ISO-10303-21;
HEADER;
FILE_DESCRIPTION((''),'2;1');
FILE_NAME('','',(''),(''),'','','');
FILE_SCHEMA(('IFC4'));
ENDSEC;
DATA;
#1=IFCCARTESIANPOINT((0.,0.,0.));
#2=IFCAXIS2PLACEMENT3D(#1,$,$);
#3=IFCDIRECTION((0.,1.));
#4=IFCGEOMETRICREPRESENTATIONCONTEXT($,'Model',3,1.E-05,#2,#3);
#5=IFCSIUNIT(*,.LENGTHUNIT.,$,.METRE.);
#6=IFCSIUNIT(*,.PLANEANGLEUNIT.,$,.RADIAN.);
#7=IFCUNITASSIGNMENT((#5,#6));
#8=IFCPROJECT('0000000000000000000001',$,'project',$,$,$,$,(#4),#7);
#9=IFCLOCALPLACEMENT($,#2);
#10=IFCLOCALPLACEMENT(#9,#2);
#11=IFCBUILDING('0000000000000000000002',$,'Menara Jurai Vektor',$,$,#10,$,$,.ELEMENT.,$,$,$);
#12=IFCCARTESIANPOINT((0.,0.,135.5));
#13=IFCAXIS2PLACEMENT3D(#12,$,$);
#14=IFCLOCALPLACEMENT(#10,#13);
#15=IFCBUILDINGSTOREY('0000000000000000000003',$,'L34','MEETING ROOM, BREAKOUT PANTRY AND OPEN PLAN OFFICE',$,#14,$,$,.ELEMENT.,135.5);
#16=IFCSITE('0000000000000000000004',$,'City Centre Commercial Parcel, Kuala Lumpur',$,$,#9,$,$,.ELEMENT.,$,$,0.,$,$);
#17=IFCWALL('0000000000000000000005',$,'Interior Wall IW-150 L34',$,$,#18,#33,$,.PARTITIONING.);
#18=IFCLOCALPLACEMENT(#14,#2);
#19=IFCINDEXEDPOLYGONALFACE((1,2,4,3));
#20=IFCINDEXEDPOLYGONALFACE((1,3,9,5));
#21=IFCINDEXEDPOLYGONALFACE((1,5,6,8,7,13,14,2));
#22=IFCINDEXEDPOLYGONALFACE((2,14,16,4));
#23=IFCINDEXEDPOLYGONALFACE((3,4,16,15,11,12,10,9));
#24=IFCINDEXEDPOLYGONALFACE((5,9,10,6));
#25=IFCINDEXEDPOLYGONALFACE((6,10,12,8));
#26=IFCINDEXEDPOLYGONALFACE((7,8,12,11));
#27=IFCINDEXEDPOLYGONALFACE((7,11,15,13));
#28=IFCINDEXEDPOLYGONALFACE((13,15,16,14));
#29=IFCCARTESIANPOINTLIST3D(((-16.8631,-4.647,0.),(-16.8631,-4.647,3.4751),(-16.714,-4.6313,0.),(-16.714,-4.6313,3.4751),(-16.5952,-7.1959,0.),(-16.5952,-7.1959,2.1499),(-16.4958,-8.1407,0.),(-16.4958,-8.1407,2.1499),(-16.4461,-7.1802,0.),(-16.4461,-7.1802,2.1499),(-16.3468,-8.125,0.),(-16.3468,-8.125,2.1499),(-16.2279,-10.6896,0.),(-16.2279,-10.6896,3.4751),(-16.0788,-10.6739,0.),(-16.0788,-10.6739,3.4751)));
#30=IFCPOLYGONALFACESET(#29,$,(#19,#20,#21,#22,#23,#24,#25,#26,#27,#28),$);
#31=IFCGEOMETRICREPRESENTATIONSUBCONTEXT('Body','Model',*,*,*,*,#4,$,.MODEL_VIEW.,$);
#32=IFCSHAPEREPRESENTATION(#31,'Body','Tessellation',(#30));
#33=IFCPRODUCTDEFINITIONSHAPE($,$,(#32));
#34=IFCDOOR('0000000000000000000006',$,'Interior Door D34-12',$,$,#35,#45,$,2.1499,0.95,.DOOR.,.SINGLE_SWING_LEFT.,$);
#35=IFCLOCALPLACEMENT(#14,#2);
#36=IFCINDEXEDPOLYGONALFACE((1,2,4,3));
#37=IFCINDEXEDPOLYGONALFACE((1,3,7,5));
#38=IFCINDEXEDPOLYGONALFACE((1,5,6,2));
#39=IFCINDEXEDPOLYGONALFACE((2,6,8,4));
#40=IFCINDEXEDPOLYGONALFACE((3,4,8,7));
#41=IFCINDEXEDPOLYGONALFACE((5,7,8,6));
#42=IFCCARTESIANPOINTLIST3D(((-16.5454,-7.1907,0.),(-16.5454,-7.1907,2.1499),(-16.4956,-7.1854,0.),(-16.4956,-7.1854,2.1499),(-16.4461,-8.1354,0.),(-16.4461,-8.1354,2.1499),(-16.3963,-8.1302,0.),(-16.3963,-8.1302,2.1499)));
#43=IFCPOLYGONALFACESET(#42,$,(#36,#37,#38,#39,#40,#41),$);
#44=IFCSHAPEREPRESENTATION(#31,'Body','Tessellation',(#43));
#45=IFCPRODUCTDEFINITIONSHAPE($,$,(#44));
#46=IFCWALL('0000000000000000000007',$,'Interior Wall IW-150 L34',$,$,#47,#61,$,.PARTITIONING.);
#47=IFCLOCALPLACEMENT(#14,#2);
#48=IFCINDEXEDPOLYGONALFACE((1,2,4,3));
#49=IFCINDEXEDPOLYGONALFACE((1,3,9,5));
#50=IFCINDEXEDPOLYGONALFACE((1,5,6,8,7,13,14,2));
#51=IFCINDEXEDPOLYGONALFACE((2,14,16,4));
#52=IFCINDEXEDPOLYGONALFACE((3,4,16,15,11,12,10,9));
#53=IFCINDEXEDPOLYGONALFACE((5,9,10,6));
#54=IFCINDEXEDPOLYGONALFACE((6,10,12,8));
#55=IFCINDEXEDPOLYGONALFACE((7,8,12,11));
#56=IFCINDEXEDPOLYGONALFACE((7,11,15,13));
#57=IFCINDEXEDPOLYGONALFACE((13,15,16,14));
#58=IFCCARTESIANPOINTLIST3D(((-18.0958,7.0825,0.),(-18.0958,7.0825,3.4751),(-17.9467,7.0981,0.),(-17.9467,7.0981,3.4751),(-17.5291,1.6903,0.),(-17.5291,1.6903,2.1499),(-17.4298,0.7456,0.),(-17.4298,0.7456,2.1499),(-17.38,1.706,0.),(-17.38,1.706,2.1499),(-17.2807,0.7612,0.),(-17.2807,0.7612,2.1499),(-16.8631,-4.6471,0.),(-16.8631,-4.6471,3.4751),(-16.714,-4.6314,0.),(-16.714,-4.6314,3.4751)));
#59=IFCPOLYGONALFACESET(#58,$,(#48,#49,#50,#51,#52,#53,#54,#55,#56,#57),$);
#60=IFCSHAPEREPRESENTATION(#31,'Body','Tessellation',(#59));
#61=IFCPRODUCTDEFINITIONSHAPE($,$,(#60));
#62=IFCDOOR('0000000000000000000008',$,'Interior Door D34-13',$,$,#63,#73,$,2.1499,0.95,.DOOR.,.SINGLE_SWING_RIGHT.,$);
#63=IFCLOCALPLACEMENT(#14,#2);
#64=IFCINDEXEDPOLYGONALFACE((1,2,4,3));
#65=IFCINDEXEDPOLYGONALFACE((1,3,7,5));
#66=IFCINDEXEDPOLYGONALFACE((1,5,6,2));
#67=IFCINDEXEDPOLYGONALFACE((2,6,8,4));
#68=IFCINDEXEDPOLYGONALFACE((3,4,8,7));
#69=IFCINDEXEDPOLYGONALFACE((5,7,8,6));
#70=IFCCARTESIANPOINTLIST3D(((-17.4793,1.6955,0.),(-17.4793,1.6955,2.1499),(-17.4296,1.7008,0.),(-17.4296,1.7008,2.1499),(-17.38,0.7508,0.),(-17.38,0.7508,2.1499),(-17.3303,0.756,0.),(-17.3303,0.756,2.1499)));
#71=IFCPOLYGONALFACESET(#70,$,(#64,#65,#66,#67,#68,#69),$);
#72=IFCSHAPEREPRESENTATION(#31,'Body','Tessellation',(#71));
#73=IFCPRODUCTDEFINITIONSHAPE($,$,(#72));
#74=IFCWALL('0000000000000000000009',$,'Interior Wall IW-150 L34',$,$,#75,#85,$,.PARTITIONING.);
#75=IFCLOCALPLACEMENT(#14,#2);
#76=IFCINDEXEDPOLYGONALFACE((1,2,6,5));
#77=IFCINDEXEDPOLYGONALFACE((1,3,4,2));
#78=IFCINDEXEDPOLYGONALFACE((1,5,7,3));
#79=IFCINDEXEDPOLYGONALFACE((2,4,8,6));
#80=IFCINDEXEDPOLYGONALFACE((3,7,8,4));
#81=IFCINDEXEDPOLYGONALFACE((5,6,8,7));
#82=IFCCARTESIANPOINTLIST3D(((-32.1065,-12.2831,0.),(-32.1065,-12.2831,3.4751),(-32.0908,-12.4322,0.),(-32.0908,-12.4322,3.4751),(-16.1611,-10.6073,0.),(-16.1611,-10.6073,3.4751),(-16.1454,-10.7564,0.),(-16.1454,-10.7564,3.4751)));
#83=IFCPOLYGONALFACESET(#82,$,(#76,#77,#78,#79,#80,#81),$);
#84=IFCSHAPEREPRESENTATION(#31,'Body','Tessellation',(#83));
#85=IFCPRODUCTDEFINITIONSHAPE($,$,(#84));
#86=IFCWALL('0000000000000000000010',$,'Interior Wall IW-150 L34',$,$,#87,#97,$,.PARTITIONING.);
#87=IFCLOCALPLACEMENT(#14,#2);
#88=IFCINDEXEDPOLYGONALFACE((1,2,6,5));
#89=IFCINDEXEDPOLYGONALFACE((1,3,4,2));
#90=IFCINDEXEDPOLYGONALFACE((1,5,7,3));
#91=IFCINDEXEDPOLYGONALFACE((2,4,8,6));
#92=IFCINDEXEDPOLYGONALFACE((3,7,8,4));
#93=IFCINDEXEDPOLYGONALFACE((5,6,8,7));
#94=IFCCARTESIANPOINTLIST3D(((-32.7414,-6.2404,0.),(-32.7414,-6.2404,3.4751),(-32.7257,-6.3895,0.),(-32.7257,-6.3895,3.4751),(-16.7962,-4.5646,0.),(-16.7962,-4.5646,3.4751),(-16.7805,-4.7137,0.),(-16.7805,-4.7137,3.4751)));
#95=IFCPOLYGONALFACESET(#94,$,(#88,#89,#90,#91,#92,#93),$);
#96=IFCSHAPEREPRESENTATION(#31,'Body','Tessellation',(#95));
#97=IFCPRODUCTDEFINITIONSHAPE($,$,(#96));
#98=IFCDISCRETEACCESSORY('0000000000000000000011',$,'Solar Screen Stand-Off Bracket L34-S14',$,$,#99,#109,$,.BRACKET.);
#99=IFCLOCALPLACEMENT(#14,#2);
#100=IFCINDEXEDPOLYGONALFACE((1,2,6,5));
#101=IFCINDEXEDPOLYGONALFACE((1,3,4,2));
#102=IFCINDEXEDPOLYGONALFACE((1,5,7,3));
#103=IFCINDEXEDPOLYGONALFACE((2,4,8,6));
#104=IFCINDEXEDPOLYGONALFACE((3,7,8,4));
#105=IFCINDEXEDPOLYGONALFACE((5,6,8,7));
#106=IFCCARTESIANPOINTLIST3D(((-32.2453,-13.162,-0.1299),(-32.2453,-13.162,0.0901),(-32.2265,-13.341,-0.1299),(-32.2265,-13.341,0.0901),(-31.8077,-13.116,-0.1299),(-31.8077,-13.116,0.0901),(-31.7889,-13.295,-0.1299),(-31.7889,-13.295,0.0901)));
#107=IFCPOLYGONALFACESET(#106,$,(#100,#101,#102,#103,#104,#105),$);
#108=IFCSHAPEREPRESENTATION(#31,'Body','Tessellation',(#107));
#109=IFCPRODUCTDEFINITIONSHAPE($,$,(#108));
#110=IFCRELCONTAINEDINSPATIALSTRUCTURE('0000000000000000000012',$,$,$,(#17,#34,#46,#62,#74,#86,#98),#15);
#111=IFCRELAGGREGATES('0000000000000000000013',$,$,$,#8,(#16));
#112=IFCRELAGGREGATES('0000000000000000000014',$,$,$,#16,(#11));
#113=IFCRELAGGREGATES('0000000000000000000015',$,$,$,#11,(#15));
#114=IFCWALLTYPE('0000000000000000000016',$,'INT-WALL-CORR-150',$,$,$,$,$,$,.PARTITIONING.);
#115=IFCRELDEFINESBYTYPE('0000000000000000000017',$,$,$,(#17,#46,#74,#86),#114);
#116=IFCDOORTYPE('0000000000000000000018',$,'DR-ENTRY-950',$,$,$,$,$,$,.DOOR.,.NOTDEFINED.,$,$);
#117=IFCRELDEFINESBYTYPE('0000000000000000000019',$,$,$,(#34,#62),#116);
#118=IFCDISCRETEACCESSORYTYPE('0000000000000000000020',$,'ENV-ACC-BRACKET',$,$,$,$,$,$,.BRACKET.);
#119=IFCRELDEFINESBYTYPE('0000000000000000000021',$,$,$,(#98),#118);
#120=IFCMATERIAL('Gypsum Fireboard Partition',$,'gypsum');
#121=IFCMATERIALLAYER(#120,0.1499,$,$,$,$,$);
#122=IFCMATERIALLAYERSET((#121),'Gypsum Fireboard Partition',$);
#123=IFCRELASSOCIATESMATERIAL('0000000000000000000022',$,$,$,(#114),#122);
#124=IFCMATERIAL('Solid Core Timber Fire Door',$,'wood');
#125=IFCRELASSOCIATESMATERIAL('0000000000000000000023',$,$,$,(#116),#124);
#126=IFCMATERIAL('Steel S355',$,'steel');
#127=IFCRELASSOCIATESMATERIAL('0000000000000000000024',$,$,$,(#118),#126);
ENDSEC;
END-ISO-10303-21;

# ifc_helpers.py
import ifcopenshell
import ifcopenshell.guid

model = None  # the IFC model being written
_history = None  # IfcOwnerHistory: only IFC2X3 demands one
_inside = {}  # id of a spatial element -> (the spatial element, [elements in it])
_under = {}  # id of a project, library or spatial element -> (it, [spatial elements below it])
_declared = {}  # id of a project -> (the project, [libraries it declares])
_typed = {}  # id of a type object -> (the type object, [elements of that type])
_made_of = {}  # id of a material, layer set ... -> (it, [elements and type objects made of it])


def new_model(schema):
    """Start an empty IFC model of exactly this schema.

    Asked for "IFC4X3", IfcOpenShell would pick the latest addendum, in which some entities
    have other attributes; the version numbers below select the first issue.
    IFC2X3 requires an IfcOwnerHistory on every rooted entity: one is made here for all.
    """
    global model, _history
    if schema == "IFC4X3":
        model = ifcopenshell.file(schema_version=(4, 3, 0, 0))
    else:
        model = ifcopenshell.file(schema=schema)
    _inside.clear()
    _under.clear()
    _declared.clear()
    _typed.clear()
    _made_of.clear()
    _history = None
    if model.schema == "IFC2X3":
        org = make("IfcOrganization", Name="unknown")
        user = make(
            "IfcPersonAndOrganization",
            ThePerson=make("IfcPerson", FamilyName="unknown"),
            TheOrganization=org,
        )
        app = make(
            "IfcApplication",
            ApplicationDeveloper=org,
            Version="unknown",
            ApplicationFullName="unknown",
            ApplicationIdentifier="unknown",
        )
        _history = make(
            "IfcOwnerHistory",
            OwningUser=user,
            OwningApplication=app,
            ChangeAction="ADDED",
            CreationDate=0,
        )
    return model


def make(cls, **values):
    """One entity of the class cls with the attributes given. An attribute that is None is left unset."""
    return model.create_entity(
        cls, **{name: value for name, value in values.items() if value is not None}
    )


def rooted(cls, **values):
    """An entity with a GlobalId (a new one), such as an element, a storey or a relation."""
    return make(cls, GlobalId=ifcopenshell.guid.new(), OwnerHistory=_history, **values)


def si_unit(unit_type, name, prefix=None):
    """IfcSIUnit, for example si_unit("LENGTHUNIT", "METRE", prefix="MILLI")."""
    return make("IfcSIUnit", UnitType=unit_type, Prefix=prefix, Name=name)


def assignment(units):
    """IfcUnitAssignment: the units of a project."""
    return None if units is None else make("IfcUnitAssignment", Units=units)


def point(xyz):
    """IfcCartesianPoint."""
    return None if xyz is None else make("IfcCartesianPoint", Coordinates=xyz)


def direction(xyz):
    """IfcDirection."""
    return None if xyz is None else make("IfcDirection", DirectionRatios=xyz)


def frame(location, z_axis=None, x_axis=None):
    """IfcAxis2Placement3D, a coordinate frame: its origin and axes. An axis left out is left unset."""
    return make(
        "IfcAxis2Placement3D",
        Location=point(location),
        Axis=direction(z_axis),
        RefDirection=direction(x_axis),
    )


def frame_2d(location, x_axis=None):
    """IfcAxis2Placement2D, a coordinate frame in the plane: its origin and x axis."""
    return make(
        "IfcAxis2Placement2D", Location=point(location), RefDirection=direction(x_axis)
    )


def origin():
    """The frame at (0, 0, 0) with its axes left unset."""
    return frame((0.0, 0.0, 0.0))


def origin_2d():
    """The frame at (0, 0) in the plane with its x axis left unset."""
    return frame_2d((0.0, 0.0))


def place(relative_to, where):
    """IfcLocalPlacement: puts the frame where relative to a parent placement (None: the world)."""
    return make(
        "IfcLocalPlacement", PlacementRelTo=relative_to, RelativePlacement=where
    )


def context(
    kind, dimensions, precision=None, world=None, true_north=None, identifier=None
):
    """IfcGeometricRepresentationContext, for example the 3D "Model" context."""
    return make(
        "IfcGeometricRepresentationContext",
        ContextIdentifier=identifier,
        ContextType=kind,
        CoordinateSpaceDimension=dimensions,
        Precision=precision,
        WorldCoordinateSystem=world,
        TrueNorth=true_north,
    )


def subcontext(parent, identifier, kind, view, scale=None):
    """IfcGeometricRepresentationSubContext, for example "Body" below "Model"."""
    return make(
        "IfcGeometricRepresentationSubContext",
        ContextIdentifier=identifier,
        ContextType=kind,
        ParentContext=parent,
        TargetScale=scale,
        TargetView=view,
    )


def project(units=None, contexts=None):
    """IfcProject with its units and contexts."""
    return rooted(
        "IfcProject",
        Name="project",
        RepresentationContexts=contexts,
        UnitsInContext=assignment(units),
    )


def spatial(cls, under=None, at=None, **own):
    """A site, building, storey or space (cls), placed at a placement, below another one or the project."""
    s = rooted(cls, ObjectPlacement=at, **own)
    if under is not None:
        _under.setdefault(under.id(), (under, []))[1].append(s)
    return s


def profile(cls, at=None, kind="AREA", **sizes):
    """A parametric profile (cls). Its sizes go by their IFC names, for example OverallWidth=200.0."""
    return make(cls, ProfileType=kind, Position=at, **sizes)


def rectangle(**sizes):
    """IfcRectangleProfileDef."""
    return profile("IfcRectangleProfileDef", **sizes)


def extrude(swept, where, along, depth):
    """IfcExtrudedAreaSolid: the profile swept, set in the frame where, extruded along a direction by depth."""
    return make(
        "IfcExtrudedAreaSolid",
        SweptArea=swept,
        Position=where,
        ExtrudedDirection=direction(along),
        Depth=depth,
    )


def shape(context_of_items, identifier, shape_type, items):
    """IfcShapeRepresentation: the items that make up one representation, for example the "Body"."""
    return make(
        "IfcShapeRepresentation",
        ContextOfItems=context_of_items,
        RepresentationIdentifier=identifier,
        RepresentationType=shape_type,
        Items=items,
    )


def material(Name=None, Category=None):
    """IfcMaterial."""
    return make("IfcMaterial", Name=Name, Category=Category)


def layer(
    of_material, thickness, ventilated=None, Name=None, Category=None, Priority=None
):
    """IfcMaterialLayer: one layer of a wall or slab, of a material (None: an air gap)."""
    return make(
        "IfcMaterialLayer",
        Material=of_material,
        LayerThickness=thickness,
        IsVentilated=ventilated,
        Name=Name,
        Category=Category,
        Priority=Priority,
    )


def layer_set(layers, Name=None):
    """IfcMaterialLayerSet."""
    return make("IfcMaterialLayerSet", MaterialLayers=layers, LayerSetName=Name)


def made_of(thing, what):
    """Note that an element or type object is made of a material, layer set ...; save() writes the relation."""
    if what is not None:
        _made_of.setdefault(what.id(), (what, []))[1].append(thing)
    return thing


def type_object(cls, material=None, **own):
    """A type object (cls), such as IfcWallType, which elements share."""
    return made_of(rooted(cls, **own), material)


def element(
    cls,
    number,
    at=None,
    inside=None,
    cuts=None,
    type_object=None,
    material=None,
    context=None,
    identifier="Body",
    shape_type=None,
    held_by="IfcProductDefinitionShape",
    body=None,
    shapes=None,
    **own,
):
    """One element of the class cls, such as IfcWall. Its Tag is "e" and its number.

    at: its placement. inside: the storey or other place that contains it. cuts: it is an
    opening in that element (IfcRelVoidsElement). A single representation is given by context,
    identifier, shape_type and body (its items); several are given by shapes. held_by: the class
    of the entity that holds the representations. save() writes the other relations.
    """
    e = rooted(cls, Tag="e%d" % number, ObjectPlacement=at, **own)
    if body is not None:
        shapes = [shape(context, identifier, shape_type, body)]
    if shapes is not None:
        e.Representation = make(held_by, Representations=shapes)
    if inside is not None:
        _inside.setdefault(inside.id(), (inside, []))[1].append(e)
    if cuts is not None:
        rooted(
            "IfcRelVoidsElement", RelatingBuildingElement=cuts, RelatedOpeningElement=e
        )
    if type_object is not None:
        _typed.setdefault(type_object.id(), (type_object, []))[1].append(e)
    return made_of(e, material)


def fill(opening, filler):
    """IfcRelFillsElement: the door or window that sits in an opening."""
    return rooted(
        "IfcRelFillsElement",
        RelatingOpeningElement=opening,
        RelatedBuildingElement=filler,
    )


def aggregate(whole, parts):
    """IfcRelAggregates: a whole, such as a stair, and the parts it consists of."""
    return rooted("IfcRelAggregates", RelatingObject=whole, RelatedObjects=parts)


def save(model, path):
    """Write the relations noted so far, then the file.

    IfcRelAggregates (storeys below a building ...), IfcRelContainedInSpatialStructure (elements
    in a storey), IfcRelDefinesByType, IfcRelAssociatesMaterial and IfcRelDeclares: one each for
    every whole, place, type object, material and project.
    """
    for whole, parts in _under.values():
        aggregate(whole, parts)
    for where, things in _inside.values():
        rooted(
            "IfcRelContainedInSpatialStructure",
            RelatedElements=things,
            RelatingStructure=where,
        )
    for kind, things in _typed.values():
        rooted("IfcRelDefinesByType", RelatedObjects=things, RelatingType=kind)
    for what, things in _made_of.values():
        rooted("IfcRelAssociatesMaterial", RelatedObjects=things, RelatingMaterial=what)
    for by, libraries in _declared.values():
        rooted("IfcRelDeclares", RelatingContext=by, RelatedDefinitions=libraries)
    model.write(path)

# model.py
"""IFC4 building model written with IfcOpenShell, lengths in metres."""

from ifc_helpers import new_model, si_unit, direction, frame, frame_2d, origin, origin_2d, place, context, subcontext, project, spatial, rectangle, extrude, material, layer, layer_set, type_object, element, fill, save


model = new_model("IFC4")

# Units and contexts
model_context = context("Model", 3, precision=1e-05, world=origin(), true_north=direction((0.0, 1.0)))
body_context = subcontext(model_context, "Body", "Model", "MODEL_VIEW")
ifc_project = project(units=[si_unit("LENGTHUNIT", "METRE"), si_unit("PLANEANGLEUNIT", "RADIAN")], contexts=[model_context])

# Site, building, storey
site_placement = place(None, origin())
site = spatial("IfcSite", under=ifc_project, at=site_placement, Name="City Centre Commercial Parcel, Kuala Lumpur", CompositionType="ELEMENT", RefElevation=0.0)
building_placement = place(site_placement, origin())
building = spatial("IfcBuilding", under=site, at=building_placement, Name="Menara Jurai Vektor", CompositionType="ELEMENT")
storey_placement = place(building_placement, frame((0.0, 0.0, 135.5)))
storey = spatial("IfcBuildingStorey", under=building, at=storey_placement, Name="L34", Description="MEETING ROOM, BREAKOUT PANTRY AND OPEN PLAN OFFICE", CompositionType="ELEMENT", Elevation=135.5)

# Shared definitions
ifc_material_1 = material(Name="Steel S355", Category="steel")

# Walls, openings, doors
ifc_material_2 = material(Name="Gypsum Fireboard Partition", Category="gypsum")
ifc_layer_1 = layer(ifc_material_2, 0.1499)
ifc_layer_set_1 = layer_set([ifc_layer_1], Name="Gypsum Fireboard Partition")
wall_type = type_object("IfcWallType", Name="INT-WALL-CORR-150", PredefinedType="PARTITIONING", material=ifc_layer_set_1)
ifc_material_3 = material(Name="Solid Core Timber Fire Door", Category="wood")
door_type = type_object("IfcDoorType", Name="DR-ENTRY-950", OperationType="NOTDEFINED", PredefinedType="DOOR", material=ifc_material_3)
wall_1_placement = place(storey_placement, frame((-16.1533, -10.6819, 0.0), z_axis=(0.0, 0.0, 1.0), x_axis=(-0.104551, 0.99452, 0.0)))
wall_1 = element("IfcWall", 1, at=wall_1_placement, inside=storey, type_object=wall_type, Name="Interior Wall IW-150 L34", PredefinedType="PARTITIONING", context=body_context, shape_type="SweptSolid", body=[
    extrude(rectangle(XDim=6.0759, YDim=0.1499, at=frame_2d((3.0381, 0.0))), origin(), (0.0, 0.0, 1.0), 3.4751),
])
opening_1_placement = place(wall_1_placement, frame((2.563, 0.0, 0.0)))
opening_1 = element("IfcOpeningElement", 2, at=opening_1_placement, cuts=wall_1, PredefinedType="OPENING", context=body_context, shape_type="SweptSolid", body=[
    extrude(rectangle(XDim=0.95, YDim=2.1499, at=frame_2d((0.4751, 1.075))), frame((0.0, 0.085, 0.0), z_axis=(0.0, -1.0, 0.0), x_axis=(1.0, 0.0, 0.0)), (0.0, 0.0, 1.0), 0.1699),
])
door_1_placement = place(opening_1_placement, origin())
door_1 = element("IfcDoor", 3, at=door_1_placement, inside=storey, type_object=door_type, Name="Interior Door D34-12", OperationType="SINGLE_SWING_LEFT", OverallHeight=2.1499, OverallWidth=0.95, PredefinedType="DOOR", context=body_context, shape_type="SweptSolid", body=[
    extrude(rectangle(XDim=0.95, YDim=2.1499, at=frame_2d((0.4751, 1.075))), frame((0.0, 0.0249, 0.0), z_axis=(0.0, -1.0, 0.0), x_axis=(1.0, 0.0, 0.0)), (0.0, 0.0, 1.0), 0.05),
])
fill(opening_1, door_1)
wall_2_placement = place(storey_placement, frame((-16.7886, -4.6392, 0.0), z_axis=(0.0, 0.0, 1.0), x_axis=(-0.104516, 0.994523, 0.0)))
wall_2 = element("IfcWall", 4, at=wall_2_placement, inside=storey, type_object=wall_type, Name="Interior Wall IW-150 L34", PredefinedType="PARTITIONING", context=body_context, shape_type="SweptSolid", body=[
    extrude(rectangle(XDim=11.7942, YDim=0.1499, at=frame_2d((5.897, 0.0))), origin(), (0.0, 0.0, 1.0), 3.4751),
])
opening_2_placement = place(wall_2_placement, frame((5.4221, 0.0, 0.0)))
opening_2 = element("IfcOpeningElement", 5, at=opening_2_placement, cuts=wall_2, PredefinedType="OPENING", context=body_context, shape_type="SweptSolid", body=[
    extrude(rectangle(XDim=0.95, YDim=2.1499, at=frame_2d((0.4751, 1.075))), frame((0.0, 0.085, 0.0), z_axis=(0.0, -1.0, 0.0), x_axis=(1.0, 0.0, 0.0)), (0.0, 0.0, 1.0), 0.1699),
])
door_2_placement = place(opening_2_placement, origin())
door_2 = element("IfcDoor", 6, at=door_2_placement, inside=storey, type_object=door_type, Name="Interior Door D34-13", OperationType="SINGLE_SWING_RIGHT", OverallHeight=2.1499, OverallWidth=0.95, PredefinedType="DOOR", context=body_context, shape_type="SweptSolid", body=[
    extrude(rectangle(XDim=0.95, YDim=2.1499, at=frame_2d((0.4751, 1.075))), frame((0.0, 0.0249, 0.0), z_axis=(0.0, -1.0, 0.0), x_axis=(1.0, 0.0, 0.0)), (0.0, 0.0, 1.0), 0.05),
])
fill(opening_2, door_2)

# Walls
wall_3_placement = place(storey_placement, frame((-32.0986, -12.3577, 0.0), z_axis=(0.0, 0.0, 1.0), x_axis=(0.994523, 0.10452, 0.0)))
element("IfcWall", 7, at=wall_3_placement, inside=storey, type_object=wall_type, Name="Interior Wall IW-150 L34", PredefinedType="PARTITIONING", context=body_context, shape_type="SweptSolid", body=[
    extrude(rectangle(XDim=16.0332, YDim=0.1499, at=frame_2d((8.0166, 0.0))), origin(), (0.0, 0.0, 1.0), 3.4751),
])
wall_4_placement = place(storey_placement, frame((-32.7336, -6.3149, 0.0), z_axis=(0.0, 0.0, 1.0), x_axis=(0.994523, 0.104521, 0.0)))
element("IfcWall", 8, at=wall_4_placement, inside=storey, type_object=wall_type, Name="Interior Wall IW-150 L34", PredefinedType="PARTITIONING", context=body_context, shape_type="SweptSolid", body=[
    extrude(rectangle(XDim=16.033, YDim=0.1499, at=frame_2d((8.0166, 0.0))), origin(), (0.0, 0.0, 1.0), 3.4751),
])

# Discrete accessory
discrete_accessory_type = type_object("IfcDiscreteAccessoryType", Name="ENV-ACC-BRACKET", PredefinedType="BRACKET", material=ifc_material_1)
discrete_accessory_placement = place(storey_placement, frame((-32.0171, -13.2285, -0.1299), z_axis=(0.0, 0.0, 1.0), x_axis=(0.104528, -0.994522, 0.0)))
element("IfcDiscreteAccessory", 9, at=discrete_accessory_placement, inside=storey, type_object=discrete_accessory_type, Name="Solar Screen Stand-Off Bracket L34-S14", PredefinedType="BRACKET", context=body_context, shape_type="SweptSolid", body=[
    extrude(rectangle(XDim=0.1799, YDim=0.4399, at=origin_2d()), origin(), (0.0, 0.0, 1.0), 0.22),
])

save(model, "model.ifc")
